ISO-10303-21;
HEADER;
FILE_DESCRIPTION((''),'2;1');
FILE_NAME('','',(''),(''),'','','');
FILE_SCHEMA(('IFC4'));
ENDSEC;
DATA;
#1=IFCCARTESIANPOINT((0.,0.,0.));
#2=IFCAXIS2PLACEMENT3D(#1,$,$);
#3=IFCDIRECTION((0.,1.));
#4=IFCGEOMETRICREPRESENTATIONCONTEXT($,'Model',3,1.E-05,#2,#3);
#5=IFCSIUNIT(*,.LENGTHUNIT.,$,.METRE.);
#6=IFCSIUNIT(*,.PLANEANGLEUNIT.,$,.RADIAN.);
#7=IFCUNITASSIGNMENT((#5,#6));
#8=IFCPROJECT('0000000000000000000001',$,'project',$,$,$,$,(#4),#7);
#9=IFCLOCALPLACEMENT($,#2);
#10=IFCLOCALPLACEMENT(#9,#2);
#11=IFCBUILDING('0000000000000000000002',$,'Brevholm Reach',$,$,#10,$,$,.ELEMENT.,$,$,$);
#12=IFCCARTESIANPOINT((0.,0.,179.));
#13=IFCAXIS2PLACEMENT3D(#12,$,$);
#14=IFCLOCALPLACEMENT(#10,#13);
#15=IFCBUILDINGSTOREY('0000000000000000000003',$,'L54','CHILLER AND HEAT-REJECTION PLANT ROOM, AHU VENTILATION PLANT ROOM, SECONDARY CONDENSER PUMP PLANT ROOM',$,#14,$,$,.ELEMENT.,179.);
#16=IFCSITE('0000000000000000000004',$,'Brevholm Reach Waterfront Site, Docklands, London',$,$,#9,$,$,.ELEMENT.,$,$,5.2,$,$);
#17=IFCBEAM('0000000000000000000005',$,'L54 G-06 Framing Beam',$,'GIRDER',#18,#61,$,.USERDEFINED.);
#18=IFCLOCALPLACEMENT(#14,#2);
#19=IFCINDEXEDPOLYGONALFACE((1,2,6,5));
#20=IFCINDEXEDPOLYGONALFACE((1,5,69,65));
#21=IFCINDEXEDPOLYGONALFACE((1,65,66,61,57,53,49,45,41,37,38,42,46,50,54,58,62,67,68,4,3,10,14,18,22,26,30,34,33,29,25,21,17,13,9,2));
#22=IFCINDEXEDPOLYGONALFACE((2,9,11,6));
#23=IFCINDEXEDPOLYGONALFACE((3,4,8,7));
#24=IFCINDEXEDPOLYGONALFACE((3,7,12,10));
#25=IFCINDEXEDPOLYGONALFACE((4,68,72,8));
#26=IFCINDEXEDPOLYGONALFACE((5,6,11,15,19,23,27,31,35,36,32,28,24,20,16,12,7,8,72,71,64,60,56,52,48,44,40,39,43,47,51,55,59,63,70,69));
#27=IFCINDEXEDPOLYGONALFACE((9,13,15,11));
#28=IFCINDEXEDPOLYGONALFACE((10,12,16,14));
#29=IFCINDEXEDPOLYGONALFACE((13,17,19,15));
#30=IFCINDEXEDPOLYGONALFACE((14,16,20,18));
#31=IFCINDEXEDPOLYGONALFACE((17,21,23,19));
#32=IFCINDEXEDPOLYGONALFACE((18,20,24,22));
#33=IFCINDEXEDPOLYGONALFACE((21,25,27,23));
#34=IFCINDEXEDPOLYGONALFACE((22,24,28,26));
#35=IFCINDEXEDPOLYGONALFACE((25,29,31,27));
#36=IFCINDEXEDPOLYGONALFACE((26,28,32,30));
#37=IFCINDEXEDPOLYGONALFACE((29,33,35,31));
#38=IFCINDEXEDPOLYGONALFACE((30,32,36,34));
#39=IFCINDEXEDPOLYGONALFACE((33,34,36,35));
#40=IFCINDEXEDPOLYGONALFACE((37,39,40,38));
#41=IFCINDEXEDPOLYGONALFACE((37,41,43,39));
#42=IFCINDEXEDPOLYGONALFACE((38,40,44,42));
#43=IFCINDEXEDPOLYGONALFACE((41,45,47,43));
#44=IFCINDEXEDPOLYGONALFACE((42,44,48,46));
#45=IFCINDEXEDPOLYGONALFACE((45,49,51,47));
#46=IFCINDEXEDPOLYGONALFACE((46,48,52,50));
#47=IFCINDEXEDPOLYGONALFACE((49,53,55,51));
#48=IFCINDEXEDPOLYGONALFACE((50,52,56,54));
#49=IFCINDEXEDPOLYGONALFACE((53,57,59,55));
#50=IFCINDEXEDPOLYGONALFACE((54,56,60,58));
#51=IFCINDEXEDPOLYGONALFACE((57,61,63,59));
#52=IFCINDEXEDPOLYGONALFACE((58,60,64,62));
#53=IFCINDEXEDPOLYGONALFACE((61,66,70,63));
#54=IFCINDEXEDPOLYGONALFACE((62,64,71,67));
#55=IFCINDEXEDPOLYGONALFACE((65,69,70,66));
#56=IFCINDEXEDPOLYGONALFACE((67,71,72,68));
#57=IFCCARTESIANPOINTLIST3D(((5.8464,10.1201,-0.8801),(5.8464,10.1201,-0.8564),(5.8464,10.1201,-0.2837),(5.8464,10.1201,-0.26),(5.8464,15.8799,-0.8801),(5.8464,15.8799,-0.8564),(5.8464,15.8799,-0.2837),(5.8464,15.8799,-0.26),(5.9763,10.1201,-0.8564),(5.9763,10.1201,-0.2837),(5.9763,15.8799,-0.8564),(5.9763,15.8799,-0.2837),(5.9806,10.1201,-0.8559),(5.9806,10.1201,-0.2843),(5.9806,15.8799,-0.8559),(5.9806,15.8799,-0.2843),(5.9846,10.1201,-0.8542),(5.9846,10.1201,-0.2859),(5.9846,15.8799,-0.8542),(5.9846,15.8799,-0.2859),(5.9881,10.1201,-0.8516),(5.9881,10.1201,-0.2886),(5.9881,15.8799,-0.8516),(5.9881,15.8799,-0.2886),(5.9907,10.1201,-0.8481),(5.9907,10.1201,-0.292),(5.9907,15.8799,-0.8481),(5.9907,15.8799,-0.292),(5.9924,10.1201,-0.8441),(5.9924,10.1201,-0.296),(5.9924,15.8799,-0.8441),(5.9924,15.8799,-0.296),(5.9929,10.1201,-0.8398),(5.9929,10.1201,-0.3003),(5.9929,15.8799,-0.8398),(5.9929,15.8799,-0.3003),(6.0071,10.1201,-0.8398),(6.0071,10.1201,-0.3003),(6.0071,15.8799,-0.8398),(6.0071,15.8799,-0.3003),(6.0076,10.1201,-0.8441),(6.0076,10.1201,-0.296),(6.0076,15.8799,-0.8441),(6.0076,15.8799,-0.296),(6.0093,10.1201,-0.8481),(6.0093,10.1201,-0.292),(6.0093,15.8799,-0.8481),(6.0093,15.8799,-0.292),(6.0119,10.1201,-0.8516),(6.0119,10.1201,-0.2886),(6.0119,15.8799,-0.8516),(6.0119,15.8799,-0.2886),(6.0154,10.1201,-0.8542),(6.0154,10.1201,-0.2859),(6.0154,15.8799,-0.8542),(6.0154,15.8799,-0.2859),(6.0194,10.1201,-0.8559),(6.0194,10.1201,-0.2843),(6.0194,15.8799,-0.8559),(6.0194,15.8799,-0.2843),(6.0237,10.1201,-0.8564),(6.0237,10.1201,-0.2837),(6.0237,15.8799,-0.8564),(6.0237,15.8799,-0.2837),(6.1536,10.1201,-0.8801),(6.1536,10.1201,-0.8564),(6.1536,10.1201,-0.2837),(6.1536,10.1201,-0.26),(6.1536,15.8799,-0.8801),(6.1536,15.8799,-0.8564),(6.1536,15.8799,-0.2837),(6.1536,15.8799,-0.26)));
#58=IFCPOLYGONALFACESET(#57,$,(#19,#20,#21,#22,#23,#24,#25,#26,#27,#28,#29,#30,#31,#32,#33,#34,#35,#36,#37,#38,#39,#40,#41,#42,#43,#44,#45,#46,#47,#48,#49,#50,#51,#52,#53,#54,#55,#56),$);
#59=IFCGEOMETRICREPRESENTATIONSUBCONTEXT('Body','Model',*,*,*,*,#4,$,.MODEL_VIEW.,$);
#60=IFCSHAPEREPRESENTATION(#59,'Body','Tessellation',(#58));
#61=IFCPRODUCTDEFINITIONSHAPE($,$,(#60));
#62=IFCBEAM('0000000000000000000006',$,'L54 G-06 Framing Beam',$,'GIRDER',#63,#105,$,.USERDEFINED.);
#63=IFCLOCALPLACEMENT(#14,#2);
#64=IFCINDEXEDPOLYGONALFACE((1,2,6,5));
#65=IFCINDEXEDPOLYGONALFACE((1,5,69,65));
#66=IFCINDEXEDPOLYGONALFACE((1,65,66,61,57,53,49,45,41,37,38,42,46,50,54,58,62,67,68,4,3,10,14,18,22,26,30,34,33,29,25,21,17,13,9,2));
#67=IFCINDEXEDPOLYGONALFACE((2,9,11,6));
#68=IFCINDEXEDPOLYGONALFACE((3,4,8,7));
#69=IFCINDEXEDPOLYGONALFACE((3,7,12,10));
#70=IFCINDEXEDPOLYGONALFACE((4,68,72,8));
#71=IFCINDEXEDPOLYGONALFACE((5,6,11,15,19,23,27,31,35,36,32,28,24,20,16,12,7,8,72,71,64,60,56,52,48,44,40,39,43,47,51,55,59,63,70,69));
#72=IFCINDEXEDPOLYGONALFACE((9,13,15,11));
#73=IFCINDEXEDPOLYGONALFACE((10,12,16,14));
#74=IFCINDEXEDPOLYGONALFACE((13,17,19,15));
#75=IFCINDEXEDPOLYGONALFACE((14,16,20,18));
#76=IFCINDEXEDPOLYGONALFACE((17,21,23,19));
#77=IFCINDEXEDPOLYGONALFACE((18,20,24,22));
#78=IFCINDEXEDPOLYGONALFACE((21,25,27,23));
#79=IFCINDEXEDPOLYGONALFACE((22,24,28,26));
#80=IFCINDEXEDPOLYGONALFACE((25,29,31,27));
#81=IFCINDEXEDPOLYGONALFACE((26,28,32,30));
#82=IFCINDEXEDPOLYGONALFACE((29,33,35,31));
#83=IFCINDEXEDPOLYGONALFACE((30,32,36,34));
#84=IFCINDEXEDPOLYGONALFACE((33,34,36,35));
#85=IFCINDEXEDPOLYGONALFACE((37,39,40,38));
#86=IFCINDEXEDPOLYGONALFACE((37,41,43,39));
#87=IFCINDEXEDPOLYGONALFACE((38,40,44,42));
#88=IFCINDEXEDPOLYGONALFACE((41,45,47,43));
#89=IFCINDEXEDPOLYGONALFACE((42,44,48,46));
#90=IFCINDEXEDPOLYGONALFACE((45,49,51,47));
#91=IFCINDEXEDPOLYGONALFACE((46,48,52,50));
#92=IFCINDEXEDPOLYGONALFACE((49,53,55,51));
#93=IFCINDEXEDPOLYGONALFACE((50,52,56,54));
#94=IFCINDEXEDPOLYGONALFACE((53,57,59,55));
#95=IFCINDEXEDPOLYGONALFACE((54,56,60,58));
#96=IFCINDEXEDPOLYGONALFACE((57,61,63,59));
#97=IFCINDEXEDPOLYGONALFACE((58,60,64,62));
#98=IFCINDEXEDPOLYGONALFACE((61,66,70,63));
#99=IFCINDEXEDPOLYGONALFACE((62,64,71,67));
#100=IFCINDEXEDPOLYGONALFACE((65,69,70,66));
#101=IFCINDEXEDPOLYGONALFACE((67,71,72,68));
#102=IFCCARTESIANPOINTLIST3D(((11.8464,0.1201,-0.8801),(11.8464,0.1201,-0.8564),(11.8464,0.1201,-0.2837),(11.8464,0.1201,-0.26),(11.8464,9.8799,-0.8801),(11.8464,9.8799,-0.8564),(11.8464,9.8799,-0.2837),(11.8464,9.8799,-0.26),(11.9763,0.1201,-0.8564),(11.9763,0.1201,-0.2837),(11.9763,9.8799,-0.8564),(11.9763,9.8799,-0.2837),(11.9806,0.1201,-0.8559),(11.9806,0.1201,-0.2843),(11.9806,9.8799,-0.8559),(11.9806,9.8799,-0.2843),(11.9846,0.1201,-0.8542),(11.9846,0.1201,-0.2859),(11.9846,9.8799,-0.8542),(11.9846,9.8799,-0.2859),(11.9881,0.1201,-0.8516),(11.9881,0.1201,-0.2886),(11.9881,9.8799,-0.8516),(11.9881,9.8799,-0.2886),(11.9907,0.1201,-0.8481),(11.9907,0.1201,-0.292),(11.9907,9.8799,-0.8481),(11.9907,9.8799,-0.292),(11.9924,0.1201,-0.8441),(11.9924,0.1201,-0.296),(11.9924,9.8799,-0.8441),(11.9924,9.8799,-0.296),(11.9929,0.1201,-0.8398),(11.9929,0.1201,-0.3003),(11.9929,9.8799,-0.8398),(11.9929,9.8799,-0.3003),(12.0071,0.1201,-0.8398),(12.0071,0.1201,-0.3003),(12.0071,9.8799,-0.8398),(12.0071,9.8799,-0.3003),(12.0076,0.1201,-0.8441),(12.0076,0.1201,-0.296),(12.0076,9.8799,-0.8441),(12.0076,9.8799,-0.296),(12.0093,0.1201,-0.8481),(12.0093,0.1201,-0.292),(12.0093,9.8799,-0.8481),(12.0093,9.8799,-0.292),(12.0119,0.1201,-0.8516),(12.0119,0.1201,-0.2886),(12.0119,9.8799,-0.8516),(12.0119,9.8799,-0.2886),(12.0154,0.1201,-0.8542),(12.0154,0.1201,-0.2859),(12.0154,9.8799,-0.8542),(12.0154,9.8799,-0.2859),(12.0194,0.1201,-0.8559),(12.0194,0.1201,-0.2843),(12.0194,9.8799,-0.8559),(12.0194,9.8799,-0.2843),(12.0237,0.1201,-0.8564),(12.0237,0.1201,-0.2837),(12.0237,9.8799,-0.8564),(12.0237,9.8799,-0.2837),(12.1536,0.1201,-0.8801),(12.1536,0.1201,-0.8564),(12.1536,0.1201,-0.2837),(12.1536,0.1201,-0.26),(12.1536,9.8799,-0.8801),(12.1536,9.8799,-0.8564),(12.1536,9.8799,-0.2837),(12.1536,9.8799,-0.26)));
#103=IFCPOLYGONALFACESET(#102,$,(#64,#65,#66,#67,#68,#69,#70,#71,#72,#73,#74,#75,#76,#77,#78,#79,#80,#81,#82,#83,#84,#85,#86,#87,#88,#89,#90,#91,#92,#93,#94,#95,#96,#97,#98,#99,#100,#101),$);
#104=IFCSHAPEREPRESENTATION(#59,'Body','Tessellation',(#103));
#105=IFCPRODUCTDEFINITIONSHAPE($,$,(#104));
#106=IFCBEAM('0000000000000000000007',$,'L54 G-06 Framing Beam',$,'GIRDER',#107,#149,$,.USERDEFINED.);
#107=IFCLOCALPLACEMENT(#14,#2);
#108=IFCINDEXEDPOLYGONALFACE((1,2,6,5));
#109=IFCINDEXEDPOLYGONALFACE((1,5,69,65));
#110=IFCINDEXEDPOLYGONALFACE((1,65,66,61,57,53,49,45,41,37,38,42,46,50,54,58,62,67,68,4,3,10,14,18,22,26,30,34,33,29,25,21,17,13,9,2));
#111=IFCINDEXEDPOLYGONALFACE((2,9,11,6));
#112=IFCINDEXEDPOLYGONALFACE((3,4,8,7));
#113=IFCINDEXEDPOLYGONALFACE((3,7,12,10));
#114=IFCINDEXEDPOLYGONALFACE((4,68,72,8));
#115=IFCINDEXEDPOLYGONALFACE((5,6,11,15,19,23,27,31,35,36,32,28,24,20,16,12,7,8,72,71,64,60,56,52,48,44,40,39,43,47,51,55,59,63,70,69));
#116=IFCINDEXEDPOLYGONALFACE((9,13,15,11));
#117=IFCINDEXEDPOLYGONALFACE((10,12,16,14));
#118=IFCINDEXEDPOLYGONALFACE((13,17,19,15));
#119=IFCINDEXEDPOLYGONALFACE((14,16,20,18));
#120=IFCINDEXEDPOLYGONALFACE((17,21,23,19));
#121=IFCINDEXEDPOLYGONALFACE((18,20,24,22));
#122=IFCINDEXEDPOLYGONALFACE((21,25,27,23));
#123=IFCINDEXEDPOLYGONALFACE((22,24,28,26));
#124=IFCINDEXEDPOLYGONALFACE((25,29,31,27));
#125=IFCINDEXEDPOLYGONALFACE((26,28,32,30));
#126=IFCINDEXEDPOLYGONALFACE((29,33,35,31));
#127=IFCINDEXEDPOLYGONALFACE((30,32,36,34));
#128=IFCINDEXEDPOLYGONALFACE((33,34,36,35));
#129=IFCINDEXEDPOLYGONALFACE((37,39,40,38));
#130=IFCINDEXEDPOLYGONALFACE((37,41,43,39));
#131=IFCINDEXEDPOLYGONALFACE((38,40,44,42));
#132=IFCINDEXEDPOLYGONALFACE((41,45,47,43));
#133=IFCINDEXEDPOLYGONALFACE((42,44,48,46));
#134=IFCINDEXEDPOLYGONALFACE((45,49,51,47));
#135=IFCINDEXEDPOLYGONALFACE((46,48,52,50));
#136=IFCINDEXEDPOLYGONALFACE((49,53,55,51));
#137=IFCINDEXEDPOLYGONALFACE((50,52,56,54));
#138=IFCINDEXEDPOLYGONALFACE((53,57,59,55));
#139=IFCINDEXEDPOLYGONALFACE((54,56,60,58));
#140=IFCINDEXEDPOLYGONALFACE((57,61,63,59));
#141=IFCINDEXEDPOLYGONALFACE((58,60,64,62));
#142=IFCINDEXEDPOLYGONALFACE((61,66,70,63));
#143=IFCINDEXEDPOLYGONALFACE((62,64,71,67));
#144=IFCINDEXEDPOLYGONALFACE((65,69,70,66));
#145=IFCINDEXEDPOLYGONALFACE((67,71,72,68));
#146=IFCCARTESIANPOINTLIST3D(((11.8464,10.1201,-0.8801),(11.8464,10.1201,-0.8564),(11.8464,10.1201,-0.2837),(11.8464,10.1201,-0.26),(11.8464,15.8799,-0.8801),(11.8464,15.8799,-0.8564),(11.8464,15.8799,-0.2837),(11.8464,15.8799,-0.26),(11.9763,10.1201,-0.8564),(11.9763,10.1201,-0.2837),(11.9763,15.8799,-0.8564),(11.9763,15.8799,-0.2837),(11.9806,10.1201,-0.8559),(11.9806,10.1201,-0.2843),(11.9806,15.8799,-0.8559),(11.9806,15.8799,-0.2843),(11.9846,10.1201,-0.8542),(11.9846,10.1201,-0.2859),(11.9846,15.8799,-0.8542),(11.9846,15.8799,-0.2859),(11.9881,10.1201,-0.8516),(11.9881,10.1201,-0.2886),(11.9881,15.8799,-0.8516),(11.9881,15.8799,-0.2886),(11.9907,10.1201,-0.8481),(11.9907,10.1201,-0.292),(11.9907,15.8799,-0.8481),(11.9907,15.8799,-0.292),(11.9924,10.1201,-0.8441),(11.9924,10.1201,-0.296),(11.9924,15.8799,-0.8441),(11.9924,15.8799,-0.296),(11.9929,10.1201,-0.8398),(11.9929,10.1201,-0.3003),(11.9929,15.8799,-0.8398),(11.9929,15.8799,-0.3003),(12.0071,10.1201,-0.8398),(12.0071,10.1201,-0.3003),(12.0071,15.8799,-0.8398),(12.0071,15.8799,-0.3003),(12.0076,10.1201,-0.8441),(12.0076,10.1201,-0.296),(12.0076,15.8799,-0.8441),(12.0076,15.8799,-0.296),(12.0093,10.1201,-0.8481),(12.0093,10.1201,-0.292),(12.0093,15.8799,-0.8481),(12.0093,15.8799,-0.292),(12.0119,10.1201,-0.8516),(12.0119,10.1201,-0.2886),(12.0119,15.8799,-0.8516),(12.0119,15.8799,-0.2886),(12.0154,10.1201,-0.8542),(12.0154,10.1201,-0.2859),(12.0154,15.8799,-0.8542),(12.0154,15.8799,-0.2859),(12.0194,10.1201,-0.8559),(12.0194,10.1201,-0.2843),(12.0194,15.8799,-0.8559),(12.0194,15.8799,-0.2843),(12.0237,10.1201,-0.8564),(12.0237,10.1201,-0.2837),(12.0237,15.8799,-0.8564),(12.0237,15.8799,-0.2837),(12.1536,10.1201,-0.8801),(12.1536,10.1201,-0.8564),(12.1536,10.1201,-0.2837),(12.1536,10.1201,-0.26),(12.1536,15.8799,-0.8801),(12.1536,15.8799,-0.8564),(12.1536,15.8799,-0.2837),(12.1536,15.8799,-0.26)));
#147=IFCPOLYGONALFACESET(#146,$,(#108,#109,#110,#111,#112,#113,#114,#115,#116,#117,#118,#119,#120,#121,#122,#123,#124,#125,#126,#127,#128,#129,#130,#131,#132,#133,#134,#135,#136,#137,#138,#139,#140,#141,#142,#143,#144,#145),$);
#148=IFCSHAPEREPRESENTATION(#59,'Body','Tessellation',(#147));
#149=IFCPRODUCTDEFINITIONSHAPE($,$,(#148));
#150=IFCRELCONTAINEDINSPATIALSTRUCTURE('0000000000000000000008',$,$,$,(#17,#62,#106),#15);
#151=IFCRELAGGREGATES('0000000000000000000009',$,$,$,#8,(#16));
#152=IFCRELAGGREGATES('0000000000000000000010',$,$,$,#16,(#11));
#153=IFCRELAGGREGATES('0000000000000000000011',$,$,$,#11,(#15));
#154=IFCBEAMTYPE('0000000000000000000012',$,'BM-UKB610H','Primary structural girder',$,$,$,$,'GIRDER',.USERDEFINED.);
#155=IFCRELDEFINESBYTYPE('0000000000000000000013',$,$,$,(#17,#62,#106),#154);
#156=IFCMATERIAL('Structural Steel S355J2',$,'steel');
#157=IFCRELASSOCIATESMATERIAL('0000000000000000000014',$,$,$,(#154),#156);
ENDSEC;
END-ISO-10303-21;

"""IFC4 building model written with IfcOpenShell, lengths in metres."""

from ifc_helpers import new_model, si_unit, direction, frame, origin, origin_2d, place, context, subcontext, project, spatial, i_section, extrude, material, material_profile, profile_set, type_object, element, save


model = new_model("IFC4")

# Units and contexts
model_context = context("Model", 3, precision=1e-05, world=origin(), true_north=direction((0.0, 1.0)))
body_context = subcontext(model_context, "Body", "Model", "MODEL_VIEW")
ifc_project = project(units=[si_unit("LENGTHUNIT", "METRE"), si_unit("PLANEANGLEUNIT", "RADIAN")], contexts=[model_context])

# Site, building, storey
site_placement = place(None, origin())
site = spatial("IfcSite", under=ifc_project, at=site_placement, Name="Brevholm Reach Waterfront Site, Docklands, London", CompositionType="ELEMENT", RefElevation=5.2)
building_placement = place(site_placement, origin())
building = spatial("IfcBuilding", under=site, at=building_placement, Name="Brevholm Reach", CompositionType="ELEMENT")
storey_placement = place(building_placement, frame((0.0, 0.0, 179.0)))
storey = spatial("IfcBuildingStorey", under=building, at=storey_placement, Name="L54", Description="CHILLER AND HEAT-REJECTION PLANT ROOM, AHU VENTILATION PLANT ROOM, SECONDARY CONDENSER PUMP PLANT ROOM", CompositionType="ELEMENT", Elevation=179.0)

# Beams
ifc_material_1 = material(Name="Structural Steel S355J2", Category="steel")
ifc_material_profile_1 = material_profile(ifc_material_1, i_section(OverallWidth=0.3071, OverallDepth=0.6201, WebThickness=0.0142, FlangeThickness=0.0237, FilletRadius=0.0166, at=origin_2d()), Name="UKB 610x305x179")
ifc_profile_set_1 = profile_set([ifc_material_profile_1], Name="Structural Steel S355J2")
beam_type_1 = type_object("IfcBeamType", Name="BM-UKB610H", Description="Primary structural girder", ElementType="GIRDER", PredefinedType="USERDEFINED", material=ifc_profile_set_1)
beam_1_placement = place(storey_placement, frame((6.0, 10.1201, -0.5701), z_axis=(0.0, 1.0, 0.0), x_axis=(-1.0, 0.0, 0.0)))
element("IfcBeam", 1, at=beam_1_placement, inside=storey, type_object=beam_type_1, Name="L54 G-06 Framing Beam", ObjectType="GIRDER", PredefinedType="USERDEFINED", context=body_context, shape_type="SweptSolid", body=[
    extrude(i_section(OverallWidth=0.3071, OverallDepth=0.6201, WebThickness=0.0142, FlangeThickness=0.0237, FilletRadius=0.0166, at=origin_2d()), origin(), (0.0, 0.0, 1.0), 5.7598),
])
beam_2_placement = place(storey_placement, frame((12.0, 0.1201, -0.5701), z_axis=(0.0, 1.0, 0.0), x_axis=(-1.0, 0.0, 0.0)))
element("IfcBeam", 2, at=beam_2_placement, inside=storey, type_object=beam_type_1, Name="L54 G-06 Framing Beam", ObjectType="GIRDER", PredefinedType="USERDEFINED", context=body_context, shape_type="SweptSolid", body=[
    extrude(i_section(OverallWidth=0.3071, OverallDepth=0.6201, WebThickness=0.0142, FlangeThickness=0.0237, FilletRadius=0.0166, at=origin_2d()), origin(), (0.0, 0.0, 1.0), 9.7598),
])
beam_3_placement = place(storey_placement, frame((12.0, 10.1201, -0.5701), z_axis=(0.0, 1.0, 0.0), x_axis=(-1.0, 0.0, 0.0)))
element("IfcBeam", 3, at=beam_3_placement, inside=storey, type_object=beam_type_1, Name="L54 G-06 Framing Beam", ObjectType="GIRDER", PredefinedType="USERDEFINED", context=body_context, shape_type="SweptSolid", body=[
    extrude(i_section(OverallWidth=0.3071, OverallDepth=0.6201, WebThickness=0.0142, FlangeThickness=0.0237, FilletRadius=0.0166, at=origin_2d()), origin(), (0.0, 0.0, 1.0), 5.7598),
])

save(model, "model.ifc")
